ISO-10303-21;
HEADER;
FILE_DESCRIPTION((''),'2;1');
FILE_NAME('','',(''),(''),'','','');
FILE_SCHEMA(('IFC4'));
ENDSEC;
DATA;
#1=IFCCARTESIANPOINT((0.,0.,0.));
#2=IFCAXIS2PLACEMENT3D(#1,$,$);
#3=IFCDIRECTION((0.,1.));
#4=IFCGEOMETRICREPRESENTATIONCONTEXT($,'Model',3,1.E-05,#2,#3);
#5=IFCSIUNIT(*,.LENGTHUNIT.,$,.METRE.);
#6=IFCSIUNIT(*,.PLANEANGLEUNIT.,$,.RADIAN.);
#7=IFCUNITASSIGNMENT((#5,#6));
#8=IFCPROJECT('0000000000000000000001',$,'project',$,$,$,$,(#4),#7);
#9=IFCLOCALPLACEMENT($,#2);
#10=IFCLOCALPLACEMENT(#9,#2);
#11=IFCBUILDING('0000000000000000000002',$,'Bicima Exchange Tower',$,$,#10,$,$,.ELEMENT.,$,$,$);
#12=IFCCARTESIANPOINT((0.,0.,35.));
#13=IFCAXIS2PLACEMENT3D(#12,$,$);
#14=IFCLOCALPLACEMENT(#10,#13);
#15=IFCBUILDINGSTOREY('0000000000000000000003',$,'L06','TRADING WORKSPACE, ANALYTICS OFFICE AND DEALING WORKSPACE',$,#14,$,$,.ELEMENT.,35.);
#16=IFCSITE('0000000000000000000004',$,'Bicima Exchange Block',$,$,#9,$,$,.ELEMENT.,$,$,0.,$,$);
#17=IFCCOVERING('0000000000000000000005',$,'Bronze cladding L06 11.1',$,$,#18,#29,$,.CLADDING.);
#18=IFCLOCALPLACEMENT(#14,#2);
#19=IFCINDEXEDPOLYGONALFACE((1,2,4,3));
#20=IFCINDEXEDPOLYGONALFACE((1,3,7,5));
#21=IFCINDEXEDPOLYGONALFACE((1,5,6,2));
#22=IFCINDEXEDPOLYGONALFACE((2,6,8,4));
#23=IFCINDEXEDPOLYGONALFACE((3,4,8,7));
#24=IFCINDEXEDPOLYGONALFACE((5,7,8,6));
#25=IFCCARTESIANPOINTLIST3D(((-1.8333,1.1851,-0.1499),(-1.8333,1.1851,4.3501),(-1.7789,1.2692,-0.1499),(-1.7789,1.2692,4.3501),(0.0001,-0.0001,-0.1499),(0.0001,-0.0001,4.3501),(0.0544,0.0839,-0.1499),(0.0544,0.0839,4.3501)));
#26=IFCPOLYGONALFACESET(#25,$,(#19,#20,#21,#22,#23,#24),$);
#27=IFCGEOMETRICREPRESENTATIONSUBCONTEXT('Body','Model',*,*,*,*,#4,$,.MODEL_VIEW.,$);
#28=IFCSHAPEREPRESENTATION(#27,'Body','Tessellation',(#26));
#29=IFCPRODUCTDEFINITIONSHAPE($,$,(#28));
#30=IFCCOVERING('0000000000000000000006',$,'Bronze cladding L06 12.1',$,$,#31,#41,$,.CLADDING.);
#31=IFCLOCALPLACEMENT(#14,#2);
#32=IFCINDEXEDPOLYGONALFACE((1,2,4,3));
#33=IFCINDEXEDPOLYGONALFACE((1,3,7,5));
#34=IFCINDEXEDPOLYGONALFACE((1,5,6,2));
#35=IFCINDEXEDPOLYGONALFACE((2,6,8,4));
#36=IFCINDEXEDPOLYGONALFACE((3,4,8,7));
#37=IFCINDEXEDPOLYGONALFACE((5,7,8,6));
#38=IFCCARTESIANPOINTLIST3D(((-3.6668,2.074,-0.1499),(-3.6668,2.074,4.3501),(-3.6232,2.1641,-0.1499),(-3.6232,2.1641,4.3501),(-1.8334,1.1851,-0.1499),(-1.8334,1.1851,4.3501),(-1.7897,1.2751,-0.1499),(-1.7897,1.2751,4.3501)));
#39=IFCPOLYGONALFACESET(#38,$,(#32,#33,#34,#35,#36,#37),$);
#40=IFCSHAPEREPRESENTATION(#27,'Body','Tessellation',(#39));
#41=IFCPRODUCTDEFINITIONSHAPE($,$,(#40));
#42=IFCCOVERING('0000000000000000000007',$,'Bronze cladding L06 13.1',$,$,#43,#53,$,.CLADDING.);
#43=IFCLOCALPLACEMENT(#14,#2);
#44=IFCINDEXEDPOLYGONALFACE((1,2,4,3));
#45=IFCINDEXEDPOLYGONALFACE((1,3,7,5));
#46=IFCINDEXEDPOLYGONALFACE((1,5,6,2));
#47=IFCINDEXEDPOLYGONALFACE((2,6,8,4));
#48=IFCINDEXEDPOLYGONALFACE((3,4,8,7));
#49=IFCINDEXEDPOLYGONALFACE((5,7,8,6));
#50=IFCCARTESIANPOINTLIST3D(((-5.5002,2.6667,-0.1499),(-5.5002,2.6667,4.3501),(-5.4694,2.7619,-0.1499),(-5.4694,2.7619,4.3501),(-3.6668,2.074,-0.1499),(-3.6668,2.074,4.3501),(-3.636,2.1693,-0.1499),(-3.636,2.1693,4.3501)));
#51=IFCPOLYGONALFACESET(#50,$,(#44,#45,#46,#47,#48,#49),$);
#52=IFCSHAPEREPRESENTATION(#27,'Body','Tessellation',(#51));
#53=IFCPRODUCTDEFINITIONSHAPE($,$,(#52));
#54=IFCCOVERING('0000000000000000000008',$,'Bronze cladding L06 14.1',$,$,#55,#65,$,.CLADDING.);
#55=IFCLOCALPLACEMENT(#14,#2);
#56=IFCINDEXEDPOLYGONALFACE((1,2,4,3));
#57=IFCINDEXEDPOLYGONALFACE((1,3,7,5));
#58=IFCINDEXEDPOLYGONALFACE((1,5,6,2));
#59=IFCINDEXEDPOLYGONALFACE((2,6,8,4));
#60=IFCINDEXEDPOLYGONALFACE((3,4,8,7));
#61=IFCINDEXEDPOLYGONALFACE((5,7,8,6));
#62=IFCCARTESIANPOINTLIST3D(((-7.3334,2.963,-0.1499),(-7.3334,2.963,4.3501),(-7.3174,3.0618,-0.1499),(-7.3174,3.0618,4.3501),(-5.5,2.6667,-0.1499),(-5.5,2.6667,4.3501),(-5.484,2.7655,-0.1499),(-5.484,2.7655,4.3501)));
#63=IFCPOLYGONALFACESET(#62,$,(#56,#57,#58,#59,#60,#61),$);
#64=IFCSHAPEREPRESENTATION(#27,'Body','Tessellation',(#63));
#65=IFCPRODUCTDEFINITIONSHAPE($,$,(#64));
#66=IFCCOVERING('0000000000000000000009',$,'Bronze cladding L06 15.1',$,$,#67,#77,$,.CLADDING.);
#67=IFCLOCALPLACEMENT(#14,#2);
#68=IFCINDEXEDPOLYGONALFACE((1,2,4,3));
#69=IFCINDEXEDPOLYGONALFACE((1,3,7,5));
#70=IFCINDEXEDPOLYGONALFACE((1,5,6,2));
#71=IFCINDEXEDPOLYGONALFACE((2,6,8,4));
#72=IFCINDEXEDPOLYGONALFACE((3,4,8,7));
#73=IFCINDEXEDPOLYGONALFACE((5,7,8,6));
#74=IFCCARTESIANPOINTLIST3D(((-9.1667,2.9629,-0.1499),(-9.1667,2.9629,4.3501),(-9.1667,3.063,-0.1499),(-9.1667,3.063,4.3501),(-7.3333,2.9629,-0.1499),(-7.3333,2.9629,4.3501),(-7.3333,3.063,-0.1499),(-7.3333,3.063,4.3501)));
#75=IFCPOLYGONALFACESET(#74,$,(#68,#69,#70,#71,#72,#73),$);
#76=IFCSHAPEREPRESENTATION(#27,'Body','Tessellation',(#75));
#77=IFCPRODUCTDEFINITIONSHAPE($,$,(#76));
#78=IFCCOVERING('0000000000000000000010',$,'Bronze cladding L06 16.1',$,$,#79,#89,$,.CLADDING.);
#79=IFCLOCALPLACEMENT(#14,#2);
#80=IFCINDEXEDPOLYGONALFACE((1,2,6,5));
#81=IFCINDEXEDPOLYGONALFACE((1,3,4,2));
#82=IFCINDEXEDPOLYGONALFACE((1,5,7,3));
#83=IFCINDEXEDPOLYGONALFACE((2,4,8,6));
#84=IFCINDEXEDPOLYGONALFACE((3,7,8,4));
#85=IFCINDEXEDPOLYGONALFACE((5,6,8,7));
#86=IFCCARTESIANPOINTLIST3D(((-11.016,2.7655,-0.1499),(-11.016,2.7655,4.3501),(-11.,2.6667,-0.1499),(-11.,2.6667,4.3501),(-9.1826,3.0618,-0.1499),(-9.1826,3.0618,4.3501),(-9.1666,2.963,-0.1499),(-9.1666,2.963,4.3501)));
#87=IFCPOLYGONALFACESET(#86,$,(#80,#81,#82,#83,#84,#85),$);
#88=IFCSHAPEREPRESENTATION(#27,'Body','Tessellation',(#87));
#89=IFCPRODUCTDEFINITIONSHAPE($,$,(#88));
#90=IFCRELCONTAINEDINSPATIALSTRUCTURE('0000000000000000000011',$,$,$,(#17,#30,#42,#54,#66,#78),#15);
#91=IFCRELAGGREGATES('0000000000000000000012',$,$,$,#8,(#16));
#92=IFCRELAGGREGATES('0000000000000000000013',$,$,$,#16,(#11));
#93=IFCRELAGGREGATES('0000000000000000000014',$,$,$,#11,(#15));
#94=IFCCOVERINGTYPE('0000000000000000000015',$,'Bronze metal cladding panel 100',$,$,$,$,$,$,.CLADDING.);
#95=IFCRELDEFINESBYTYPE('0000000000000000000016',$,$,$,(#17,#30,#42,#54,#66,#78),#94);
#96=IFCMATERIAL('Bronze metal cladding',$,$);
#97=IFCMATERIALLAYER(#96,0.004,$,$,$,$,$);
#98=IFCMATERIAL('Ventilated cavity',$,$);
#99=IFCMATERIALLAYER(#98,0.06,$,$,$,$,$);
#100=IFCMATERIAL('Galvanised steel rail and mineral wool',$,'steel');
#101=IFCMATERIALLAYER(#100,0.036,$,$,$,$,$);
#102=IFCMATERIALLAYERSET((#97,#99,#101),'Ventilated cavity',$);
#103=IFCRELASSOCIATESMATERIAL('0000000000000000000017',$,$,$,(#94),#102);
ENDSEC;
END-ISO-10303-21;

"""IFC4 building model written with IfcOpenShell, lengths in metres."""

from ifc_helpers import new_model, si_unit, direction, frame, origin, origin_2d, place, context, subcontext, project, spatial, rectangle, extrude, material, layer, layer_set, type_object, element, save


model = new_model("IFC4")

# Units and contexts
model_context = context("Model", 3, precision=1e-05, world=origin(), true_north=direction((0.0, 1.0)))
body_context = subcontext(model_context, "Body", "Model", "MODEL_VIEW")
ifc_project = project(units=[si_unit("LENGTHUNIT", "METRE"), si_unit("PLANEANGLEUNIT", "RADIAN")], contexts=[model_context])

# Site, building, storey
site_placement = place(None, origin())
site = spatial("IfcSite", under=ifc_project, at=site_placement, Name="Bicima Exchange Block", CompositionType="ELEMENT", RefElevation=0.0)
building_placement = place(site_placement, origin())
building = spatial("IfcBuilding", under=site, at=building_placement, Name="Bicima Exchange Tower", CompositionType="ELEMENT")
storey_placement = place(building_placement, frame((0.0, 0.0, 35.0)))
storey = spatial("IfcBuildingStorey", under=building, at=storey_placement, Name="L06", Description="TRADING WORKSPACE, ANALYTICS OFFICE AND DEALING WORKSPACE", CompositionType="ELEMENT", Elevation=35.0)

# Coverings
ifc_material_1 = material(Name="Bronze metal cladding")
ifc_layer_1 = layer(ifc_material_1, 0.004)
ifc_material_2 = material(Name="Ventilated cavity")
ifc_layer_2 = layer(ifc_material_2, 0.06)
ifc_material_3 = material(Name="Galvanised steel rail and mineral wool", Category="steel")
ifc_layer_3 = layer(ifc_material_3, 0.036)
ifc_layer_set_1 = layer_set([ifc_layer_1, ifc_layer_2, ifc_layer_3], Name="Ventilated cavity")
covering_type = type_object("IfcCoveringType", Name="Bronze metal cladding panel 100", PredefinedType="CLADDING", material=ifc_layer_set_1)
covering_1_placement = place(storey_placement, frame((-0.8894, 0.6345, -0.1499), z_axis=(0.0, 0.0, 1.0), x_axis=(-0.83979, 0.542911, 0.0)))
element("IfcCovering", 1, at=covering_1_placement, inside=storey, type_object=covering_type, Name="Bronze cladding L06 11.1", PredefinedType="CLADDING", context=body_context, shape_type="SweptSolid", body=[
    extrude(rectangle(XDim=2.1831, YDim=0.1001, at=origin_2d()), origin(), (0.0, 0.0, 1.0), 4.5),
])
covering_2_placement = place(storey_placement, frame((-2.7283, 1.6746, -0.1499), z_axis=(0.0, 0.0, 1.0), x_axis=(-0.899818, 0.436265, 0.0)))
element("IfcCovering", 2, at=covering_2_placement, inside=storey, type_object=covering_type, Name="Bronze cladding L06 12.1", PredefinedType="CLADDING", context=body_context, shape_type="SweptSolid", body=[
    extrude(rectangle(XDim=2.0376, YDim=0.1001, at=origin_2d()), origin(), (0.0, 0.0, 1.0), 4.5),
])
covering_3_placement = place(storey_placement, frame((-4.5681, 2.418, -0.1499), z_axis=(0.0, 0.0, 1.0), x_axis=(-0.951525, 0.307573, 0.0)))
element("IfcCovering", 3, at=covering_3_placement, inside=storey, type_object=covering_type, Name="Bronze cladding L06 13.1", PredefinedType="CLADDING", context=body_context, shape_type="SweptSolid", body=[
    extrude(rectangle(XDim=1.9268, YDim=0.1001, at=origin_2d()), origin(), (0.0, 0.0, 1.0), 4.5),
])
covering_4_placement = place(storey_placement, frame((-6.4087, 2.8643, -0.1499), z_axis=(0.0, 0.0, 1.0), x_axis=(-0.98719, 0.15955, 0.0)))
element("IfcCovering", 4, at=covering_4_placement, inside=storey, type_object=covering_type, Name="Bronze cladding L06 14.1", PredefinedType="CLADDING", context=body_context, shape_type="SweptSolid", body=[
    extrude(rectangle(XDim=1.8572, YDim=0.1001, at=origin_2d()), origin(), (0.0, 0.0, 1.0), 4.5),
])
covering_5_placement = place(storey_placement, frame((-8.25, 3.0129, -0.1499), z_axis=(0.0, 0.0, 1.0), x_axis=(-1.0, 0.0, 0.0)))
element("IfcCovering", 5, at=covering_5_placement, inside=storey, type_object=covering_type, Name="Bronze cladding L06 15.1", PredefinedType="CLADDING", context=body_context, shape_type="SweptSolid", body=[
    extrude(rectangle(XDim=1.8335, YDim=0.1001, at=origin_2d()), origin(), (0.0, 0.0, 1.0), 4.5),
])
covering_6_placement = place(storey_placement, frame((-10.0913, 2.8643, -0.1499), z_axis=(0.0, 0.0, 1.0), x_axis=(-0.98719, -0.15955, 0.0)))
element("IfcCovering", 6, at=covering_6_placement, inside=storey, type_object=covering_type, Name="Bronze cladding L06 16.1", PredefinedType="CLADDING", context=body_context, shape_type="SweptSolid", body=[
    extrude(rectangle(XDim=1.8572, YDim=0.1001, at=origin_2d()), origin(), (0.0, 0.0, 1.0), 4.5),
])

save(model, "model.ifc")
